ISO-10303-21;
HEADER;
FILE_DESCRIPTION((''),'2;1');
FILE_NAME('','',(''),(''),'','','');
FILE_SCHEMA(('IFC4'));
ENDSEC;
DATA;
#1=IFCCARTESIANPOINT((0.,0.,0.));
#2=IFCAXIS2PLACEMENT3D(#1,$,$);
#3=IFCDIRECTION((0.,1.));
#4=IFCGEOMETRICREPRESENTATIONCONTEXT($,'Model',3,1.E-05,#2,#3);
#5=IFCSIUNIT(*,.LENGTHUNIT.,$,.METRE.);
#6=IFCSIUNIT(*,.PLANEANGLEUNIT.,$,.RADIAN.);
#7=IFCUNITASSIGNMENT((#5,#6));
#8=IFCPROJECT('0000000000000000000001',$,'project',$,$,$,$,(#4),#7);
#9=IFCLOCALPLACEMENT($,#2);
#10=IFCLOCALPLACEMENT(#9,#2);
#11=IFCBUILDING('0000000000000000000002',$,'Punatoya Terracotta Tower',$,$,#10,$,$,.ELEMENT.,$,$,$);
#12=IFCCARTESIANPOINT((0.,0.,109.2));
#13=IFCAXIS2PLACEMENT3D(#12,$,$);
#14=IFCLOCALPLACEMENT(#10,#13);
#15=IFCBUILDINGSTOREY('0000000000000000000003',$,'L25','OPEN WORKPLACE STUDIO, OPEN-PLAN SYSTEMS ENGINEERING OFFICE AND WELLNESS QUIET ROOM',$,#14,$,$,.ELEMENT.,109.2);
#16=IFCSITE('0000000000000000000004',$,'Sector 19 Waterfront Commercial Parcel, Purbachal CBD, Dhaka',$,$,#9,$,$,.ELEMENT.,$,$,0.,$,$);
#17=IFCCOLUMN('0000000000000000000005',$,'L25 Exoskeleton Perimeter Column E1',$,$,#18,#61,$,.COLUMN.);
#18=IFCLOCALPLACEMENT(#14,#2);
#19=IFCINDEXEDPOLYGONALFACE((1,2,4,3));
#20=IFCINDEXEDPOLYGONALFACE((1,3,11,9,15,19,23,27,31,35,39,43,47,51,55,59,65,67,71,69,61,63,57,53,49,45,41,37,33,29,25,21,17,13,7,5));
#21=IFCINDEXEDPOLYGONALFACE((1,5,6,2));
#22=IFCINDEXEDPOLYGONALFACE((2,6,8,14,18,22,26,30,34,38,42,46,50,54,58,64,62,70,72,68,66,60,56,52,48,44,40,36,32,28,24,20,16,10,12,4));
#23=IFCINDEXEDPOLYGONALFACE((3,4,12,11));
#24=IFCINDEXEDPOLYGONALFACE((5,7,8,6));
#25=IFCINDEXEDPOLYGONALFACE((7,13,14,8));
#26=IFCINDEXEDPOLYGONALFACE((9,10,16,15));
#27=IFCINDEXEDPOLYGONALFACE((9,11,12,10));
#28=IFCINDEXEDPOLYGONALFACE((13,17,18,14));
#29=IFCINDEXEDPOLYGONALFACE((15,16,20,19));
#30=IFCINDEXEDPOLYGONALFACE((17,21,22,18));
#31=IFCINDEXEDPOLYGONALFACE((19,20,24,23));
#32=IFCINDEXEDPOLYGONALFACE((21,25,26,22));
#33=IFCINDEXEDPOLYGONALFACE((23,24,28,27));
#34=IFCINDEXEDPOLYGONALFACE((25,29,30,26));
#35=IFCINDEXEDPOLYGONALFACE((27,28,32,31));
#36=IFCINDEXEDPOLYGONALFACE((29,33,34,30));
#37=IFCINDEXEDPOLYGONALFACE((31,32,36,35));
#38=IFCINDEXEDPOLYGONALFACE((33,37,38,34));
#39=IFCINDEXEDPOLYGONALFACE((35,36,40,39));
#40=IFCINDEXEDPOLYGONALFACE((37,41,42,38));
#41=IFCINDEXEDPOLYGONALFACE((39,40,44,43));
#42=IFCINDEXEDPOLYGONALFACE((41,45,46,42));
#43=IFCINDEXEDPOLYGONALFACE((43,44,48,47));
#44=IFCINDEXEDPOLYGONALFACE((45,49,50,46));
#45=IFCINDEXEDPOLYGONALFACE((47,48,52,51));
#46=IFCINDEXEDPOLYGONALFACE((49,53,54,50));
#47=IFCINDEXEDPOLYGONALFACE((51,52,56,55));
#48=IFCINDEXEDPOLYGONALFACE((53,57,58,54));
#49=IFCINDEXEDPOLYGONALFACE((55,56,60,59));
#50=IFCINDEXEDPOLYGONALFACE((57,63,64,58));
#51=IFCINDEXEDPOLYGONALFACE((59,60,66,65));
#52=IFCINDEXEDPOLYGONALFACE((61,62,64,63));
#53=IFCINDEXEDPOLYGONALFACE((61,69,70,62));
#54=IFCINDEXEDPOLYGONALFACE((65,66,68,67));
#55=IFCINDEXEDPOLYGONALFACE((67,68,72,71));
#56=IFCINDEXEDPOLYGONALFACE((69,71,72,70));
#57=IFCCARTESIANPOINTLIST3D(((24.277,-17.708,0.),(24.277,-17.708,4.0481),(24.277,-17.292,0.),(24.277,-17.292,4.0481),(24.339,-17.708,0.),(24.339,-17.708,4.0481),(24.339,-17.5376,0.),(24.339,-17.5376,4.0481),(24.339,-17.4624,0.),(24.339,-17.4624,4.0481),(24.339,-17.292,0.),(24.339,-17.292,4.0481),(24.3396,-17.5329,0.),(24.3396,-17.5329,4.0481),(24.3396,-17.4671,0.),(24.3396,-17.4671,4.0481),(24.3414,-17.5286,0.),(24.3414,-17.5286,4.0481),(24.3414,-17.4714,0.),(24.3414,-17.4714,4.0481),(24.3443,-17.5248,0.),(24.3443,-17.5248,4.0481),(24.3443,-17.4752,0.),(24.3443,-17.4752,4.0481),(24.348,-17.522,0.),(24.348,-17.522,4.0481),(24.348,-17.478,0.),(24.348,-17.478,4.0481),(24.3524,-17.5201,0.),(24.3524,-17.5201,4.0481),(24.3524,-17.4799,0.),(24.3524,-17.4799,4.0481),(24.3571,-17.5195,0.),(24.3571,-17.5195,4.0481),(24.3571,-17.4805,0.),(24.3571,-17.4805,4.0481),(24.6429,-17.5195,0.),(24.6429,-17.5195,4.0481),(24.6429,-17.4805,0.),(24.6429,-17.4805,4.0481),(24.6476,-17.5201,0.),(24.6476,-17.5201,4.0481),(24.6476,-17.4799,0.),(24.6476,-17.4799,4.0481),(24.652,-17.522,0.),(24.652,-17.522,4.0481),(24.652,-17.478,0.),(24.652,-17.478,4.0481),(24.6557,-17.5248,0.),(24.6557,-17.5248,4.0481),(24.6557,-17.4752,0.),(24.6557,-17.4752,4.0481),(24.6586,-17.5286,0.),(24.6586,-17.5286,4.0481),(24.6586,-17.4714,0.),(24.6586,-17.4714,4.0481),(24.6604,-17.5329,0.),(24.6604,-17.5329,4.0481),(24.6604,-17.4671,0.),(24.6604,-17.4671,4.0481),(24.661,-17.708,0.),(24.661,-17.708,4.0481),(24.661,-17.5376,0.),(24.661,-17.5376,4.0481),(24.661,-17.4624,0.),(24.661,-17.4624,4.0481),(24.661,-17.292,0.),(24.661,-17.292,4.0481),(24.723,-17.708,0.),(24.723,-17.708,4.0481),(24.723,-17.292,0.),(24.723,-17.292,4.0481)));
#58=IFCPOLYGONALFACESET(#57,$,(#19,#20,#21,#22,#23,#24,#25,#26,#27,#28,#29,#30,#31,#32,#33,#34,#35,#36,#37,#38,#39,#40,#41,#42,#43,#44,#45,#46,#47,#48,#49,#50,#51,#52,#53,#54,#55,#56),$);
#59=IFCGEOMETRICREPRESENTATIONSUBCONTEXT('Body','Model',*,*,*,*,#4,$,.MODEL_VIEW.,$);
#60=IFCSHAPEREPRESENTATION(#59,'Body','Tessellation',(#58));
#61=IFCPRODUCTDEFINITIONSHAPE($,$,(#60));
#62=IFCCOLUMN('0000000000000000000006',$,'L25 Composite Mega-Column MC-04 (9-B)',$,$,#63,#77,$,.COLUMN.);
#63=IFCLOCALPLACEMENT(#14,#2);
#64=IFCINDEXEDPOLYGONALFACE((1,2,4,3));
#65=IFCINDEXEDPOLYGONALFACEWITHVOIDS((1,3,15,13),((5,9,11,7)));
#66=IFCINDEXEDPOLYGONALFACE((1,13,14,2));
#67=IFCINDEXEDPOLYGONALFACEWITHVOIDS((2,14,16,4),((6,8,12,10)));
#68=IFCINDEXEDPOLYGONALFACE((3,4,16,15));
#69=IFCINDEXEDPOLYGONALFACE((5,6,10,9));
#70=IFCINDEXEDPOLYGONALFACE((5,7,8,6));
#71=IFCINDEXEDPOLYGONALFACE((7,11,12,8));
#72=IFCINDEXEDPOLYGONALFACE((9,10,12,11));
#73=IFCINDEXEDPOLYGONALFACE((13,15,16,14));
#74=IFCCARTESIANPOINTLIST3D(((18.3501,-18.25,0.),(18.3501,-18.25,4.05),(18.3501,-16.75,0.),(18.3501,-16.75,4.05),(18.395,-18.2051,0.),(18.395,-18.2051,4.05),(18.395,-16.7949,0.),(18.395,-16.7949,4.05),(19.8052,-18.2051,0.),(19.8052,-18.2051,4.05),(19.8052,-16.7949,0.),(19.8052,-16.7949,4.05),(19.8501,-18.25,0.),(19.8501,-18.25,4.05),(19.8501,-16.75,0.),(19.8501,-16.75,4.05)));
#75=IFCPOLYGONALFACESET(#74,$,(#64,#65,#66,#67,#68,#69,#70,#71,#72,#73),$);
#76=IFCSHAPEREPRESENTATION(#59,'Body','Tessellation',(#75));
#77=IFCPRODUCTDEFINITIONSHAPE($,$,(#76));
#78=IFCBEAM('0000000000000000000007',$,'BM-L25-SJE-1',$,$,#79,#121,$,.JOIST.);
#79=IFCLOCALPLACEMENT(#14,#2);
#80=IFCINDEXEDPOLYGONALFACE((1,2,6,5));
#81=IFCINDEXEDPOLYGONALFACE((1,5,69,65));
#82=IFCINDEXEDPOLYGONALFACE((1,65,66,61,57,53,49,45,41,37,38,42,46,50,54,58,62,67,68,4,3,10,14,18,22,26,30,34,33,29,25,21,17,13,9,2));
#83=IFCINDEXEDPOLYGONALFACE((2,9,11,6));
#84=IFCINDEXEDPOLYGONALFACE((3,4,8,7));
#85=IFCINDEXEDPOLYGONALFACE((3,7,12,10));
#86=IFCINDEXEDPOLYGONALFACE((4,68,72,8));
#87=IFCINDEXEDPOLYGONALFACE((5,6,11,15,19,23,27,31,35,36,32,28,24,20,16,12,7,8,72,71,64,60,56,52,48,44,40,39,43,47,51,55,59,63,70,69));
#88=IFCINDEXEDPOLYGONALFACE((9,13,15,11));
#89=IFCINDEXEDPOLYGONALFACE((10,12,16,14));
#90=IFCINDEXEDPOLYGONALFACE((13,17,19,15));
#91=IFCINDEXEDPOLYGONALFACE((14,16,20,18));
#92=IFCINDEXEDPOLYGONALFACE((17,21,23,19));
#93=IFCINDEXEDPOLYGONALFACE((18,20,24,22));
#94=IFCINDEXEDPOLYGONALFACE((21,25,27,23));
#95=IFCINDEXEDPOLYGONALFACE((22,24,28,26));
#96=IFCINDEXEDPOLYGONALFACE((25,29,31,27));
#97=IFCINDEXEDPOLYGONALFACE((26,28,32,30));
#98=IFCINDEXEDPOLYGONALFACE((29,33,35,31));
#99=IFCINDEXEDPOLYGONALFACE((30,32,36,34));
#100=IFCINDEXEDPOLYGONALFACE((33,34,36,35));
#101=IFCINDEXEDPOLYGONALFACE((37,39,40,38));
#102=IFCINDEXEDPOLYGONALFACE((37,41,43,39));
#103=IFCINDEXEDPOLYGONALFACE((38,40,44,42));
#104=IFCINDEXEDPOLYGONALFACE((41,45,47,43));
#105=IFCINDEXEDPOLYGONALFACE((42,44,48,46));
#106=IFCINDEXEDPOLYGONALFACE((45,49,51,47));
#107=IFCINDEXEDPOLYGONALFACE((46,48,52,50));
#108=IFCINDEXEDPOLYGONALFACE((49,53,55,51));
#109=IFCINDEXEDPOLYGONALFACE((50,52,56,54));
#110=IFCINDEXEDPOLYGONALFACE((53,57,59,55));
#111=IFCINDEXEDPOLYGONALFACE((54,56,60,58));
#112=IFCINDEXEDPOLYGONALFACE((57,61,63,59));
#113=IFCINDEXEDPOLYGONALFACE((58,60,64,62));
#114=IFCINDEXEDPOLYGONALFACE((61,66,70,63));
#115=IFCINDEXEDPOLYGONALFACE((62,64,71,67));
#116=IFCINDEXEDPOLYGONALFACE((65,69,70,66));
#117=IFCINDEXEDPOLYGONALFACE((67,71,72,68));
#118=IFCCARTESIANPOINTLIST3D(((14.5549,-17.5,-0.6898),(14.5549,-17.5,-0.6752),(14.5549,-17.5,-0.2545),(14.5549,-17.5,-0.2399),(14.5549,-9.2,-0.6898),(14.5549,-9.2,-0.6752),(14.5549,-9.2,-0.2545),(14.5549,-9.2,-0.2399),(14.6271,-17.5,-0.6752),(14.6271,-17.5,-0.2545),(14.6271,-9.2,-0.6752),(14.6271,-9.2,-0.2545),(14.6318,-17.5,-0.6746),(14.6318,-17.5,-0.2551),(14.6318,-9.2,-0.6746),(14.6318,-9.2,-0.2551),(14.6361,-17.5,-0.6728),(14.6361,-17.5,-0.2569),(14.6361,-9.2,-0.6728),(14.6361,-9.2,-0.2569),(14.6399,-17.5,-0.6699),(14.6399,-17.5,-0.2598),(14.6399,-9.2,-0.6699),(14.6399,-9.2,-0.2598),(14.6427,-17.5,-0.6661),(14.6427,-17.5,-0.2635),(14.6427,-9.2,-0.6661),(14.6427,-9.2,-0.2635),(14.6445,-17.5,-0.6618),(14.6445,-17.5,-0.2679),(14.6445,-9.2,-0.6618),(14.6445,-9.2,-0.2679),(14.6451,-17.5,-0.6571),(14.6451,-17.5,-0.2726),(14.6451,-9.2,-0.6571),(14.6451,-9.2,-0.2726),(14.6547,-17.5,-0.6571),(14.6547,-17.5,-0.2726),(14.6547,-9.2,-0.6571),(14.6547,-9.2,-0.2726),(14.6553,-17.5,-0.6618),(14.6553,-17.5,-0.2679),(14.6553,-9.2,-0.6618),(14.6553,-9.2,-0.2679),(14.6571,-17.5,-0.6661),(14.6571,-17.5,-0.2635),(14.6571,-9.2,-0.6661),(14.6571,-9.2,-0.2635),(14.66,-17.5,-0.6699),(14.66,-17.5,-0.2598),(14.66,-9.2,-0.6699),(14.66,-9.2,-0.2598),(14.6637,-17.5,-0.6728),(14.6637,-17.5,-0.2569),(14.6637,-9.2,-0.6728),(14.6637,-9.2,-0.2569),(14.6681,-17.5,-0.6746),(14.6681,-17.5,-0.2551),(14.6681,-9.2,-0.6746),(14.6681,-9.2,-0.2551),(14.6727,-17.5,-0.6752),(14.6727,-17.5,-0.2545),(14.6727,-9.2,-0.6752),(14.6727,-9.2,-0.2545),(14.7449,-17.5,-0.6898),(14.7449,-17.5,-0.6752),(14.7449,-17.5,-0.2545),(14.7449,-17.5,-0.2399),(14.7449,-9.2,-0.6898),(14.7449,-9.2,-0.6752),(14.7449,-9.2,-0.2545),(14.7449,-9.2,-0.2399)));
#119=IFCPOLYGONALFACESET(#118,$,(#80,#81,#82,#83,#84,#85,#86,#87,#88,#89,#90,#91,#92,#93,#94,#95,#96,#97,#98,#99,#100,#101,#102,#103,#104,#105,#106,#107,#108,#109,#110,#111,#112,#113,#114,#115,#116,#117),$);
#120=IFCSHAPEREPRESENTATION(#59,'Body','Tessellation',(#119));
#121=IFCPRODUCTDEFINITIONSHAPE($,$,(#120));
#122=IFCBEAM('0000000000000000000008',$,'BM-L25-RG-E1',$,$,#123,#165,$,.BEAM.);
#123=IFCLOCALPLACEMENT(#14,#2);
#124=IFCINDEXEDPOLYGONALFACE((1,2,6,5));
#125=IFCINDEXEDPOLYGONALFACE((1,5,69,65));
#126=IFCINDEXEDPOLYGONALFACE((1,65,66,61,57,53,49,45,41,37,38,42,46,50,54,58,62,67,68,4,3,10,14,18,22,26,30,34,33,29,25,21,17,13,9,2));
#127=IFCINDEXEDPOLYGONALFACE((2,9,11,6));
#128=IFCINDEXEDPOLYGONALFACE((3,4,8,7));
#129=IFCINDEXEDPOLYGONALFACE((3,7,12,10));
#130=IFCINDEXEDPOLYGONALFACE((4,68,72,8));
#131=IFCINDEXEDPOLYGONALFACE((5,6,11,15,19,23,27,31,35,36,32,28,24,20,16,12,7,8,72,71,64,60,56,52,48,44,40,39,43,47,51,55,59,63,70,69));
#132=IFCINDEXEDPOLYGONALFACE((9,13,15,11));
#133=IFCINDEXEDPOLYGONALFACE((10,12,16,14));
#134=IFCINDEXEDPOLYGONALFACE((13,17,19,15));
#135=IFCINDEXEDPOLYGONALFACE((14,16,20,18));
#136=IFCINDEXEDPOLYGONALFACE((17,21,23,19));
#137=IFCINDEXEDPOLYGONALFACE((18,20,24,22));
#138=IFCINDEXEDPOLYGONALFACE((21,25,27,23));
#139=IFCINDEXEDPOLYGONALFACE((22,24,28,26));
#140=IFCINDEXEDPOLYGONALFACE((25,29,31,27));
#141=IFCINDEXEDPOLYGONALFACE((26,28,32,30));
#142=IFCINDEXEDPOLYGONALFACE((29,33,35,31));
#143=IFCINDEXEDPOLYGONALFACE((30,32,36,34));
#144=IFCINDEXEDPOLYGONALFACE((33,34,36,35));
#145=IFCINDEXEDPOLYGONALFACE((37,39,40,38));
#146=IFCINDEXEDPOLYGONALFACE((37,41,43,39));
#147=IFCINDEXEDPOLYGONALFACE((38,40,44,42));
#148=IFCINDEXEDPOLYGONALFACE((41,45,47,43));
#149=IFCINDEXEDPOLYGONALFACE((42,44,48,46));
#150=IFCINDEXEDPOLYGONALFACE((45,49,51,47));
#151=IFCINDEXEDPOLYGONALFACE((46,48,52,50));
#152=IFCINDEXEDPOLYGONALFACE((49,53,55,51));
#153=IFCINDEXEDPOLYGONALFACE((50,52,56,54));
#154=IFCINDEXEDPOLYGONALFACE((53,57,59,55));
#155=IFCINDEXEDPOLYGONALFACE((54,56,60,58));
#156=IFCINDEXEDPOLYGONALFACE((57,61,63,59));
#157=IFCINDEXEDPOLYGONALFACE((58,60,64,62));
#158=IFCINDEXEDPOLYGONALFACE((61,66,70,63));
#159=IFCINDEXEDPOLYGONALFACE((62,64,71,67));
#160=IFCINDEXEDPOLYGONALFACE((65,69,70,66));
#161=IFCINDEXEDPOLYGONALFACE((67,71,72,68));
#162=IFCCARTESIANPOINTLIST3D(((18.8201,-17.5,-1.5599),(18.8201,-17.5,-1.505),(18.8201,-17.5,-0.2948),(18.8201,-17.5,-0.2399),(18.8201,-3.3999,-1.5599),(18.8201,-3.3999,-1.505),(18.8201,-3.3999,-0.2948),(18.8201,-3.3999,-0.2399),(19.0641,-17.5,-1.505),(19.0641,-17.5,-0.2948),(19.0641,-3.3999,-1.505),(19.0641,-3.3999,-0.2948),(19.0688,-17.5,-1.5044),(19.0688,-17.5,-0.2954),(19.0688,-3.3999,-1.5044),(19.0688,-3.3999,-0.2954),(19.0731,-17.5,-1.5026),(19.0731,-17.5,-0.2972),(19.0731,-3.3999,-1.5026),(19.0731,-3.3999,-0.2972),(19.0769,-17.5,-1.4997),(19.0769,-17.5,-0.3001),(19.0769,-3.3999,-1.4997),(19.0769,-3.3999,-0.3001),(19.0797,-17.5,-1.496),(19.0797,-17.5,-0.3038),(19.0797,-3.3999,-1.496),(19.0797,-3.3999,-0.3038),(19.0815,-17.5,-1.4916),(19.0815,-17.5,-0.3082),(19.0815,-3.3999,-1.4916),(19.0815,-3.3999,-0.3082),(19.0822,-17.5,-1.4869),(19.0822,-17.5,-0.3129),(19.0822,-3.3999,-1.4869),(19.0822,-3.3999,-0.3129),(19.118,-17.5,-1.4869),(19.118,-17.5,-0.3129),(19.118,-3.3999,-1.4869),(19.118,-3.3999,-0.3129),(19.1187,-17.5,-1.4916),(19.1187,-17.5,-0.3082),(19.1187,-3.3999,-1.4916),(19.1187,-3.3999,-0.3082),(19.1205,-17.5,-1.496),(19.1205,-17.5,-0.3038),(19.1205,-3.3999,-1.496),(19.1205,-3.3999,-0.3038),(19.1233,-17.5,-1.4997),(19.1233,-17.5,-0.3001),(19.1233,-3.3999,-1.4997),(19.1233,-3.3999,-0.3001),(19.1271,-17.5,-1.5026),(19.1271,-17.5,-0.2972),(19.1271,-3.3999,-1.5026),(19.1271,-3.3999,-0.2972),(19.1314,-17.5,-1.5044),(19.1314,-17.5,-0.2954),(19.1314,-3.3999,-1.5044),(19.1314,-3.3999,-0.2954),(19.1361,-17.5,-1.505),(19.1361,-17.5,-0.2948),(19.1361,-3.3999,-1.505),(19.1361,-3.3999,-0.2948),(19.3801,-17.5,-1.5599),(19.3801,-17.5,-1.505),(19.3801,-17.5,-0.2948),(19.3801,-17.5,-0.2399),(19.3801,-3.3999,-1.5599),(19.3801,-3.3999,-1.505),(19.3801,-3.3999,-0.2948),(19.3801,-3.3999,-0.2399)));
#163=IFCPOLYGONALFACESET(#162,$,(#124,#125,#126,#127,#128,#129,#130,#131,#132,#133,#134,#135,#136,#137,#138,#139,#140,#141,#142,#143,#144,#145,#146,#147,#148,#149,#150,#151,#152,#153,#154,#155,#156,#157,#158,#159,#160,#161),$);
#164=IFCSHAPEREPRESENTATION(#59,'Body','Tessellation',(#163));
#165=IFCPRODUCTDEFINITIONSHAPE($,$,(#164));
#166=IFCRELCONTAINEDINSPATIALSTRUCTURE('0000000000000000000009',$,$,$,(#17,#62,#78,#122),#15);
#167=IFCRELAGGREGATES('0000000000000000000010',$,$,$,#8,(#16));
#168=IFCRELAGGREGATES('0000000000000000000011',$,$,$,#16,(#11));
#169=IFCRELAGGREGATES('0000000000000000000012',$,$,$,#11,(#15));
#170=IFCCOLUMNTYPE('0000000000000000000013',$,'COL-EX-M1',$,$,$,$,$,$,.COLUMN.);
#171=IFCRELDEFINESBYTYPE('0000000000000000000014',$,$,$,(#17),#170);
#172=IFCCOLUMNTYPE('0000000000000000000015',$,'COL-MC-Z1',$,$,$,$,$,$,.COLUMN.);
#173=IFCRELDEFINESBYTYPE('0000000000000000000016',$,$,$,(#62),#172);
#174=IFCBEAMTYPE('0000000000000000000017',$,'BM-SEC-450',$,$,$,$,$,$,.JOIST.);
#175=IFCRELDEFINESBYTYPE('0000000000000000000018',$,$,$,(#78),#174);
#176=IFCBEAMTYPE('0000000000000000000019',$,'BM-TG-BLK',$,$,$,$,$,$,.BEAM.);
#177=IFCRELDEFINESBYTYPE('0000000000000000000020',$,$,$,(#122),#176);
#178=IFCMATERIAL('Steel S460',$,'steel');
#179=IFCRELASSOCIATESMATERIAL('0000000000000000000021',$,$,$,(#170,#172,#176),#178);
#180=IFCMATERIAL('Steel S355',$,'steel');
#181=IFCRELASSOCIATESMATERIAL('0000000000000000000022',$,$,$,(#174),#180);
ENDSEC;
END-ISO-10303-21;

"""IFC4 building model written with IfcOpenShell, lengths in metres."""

from ifc_helpers import new_model, si_unit, direction, frame, origin, origin_2d, place, context, subcontext, project, spatial, hollow_rectangle, i_section, extrude, material, material_profile, profile_set, type_object, element, save


model = new_model("IFC4")

# Units and contexts
model_context = context("Model", 3, precision=1e-05, world=origin(), true_north=direction((0.0, 1.0)))
body_context = subcontext(model_context, "Body", "Model", "MODEL_VIEW")
ifc_project = project(units=[si_unit("LENGTHUNIT", "METRE"), si_unit("PLANEANGLEUNIT", "RADIAN")], contexts=[model_context])

# Site, building, storey
site_placement = place(None, origin())
site = spatial("IfcSite", under=ifc_project, at=site_placement, Name="Sector 19 Waterfront Commercial Parcel, Purbachal CBD, Dhaka", CompositionType="ELEMENT", RefElevation=0.0)
building_placement = place(site_placement, origin())
building = spatial("IfcBuilding", under=site, at=building_placement, Name="Punatoya Terracotta Tower", CompositionType="ELEMENT")
storey_placement = place(building_placement, frame((0.0, 0.0, 109.2)))
storey = spatial("IfcBuildingStorey", under=building, at=storey_placement, Name="L25", Description="OPEN WORKPLACE STUDIO, OPEN-PLAN SYSTEMS ENGINEERING OFFICE AND WELLNESS QUIET ROOM", CompositionType="ELEMENT", Elevation=109.2)

# Columns
ifc_material_1 = material(Name="Steel S460", Category="steel")
ifc_material_profile_1 = material_profile(ifc_material_1, i_section(OverallWidth=0.416, OverallDepth=0.446, WebThickness=0.0391, FlangeThickness=0.062, FilletRadius=0.0181, at=origin_2d()))
ifc_profile_set_1 = profile_set([ifc_material_profile_1], Name="Steel S460")
column_type_1 = type_object("IfcColumnType", Name="COL-EX-M1", PredefinedType="COLUMN", material=ifc_profile_set_1)
column_1_placement = place(storey_placement, frame((24.5, -17.5, 0.0), z_axis=(0.0, 0.0, 1.0), x_axis=(0.0, 1.0, 0.0)))
element("IfcColumn", 1, at=column_1_placement, inside=storey, type_object=column_type_1, Name="L25 Exoskeleton Perimeter Column E1", PredefinedType="COLUMN", context=body_context, shape_type="SweptSolid", body=[
    extrude(i_section(OverallWidth=0.416, OverallDepth=0.446, WebThickness=0.0391, FlangeThickness=0.062, FilletRadius=0.0181, at=origin_2d()), origin(), (0.0, 0.0, 1.0), 4.0481),
])
ifc_material_profile_2 = material_profile(ifc_material_1, hollow_rectangle(XDim=1.5, YDim=1.5, WallThickness=0.0449, at=origin_2d()))
ifc_profile_set_2 = profile_set([ifc_material_profile_2], Name="Steel S460")
column_type_2 = type_object("IfcColumnType", Name="COL-MC-Z1", PredefinedType="COLUMN", material=ifc_profile_set_2)
column_2_placement = place(storey_placement, frame((19.1001, -17.5, 0.0), z_axis=(0.0, 0.0, 1.0), x_axis=(1.0, 0.0, 0.0)))
element("IfcColumn", 2, at=column_2_placement, inside=storey, type_object=column_type_2, Name="L25 Composite Mega-Column MC-04 (9-B)", PredefinedType="COLUMN", context=body_context, shape_type="SweptSolid", body=[
    extrude(hollow_rectangle(XDim=1.5, YDim=1.5, WallThickness=0.0449, at=origin_2d()), origin(), (0.0, 0.0, 1.0), 4.05),
])

# Beams
ifc_material_2 = material(Name="Steel S355", Category="steel")
ifc_material_profile_3 = material_profile(ifc_material_2, i_section(OverallWidth=0.1899, OverallDepth=0.45, WebThickness=0.0095, FlangeThickness=0.0146, FilletRadius=0.0181, at=origin_2d()))
ifc_profile_set_3 = profile_set([ifc_material_profile_3], Name="Steel S355")
beam_type_1 = type_object("IfcBeamType", Name="BM-SEC-450", PredefinedType="JOIST", material=ifc_profile_set_3)
beam_1_placement = place(storey_placement, frame((14.6499, -17.5, -0.4648), z_axis=(0.0, 1.0, 0.0), x_axis=(-1.0, 0.0, 0.0)))
element("IfcBeam", 3, at=beam_1_placement, inside=storey, type_object=beam_type_1, Name="BM-L25-SJE-1", PredefinedType="JOIST", context=body_context, shape_type="SweptSolid", body=[
    extrude(i_section(OverallWidth=0.1899, OverallDepth=0.45, WebThickness=0.0095, FlangeThickness=0.0146, FilletRadius=0.0181, at=origin_2d()), origin(), (0.0, 0.0, 1.0), 8.3),
])
ifc_material_profile_4 = material_profile(ifc_material_1, i_section(OverallWidth=0.5601, OverallDepth=1.3201, WebThickness=0.0359, FlangeThickness=0.0549, FilletRadius=0.0181, at=origin_2d()))
ifc_profile_set_4 = profile_set([ifc_material_profile_4], Name="Steel S460")
beam_type_2 = type_object("IfcBeamType", Name="BM-TG-BLK", PredefinedType="BEAM", material=ifc_profile_set_4)
beam_2_placement = place(storey_placement, frame((19.1001, -17.5, -0.8999), z_axis=(0.0, 1.0, 0.0), x_axis=(-1.0, 0.0, 0.0)))
element("IfcBeam", 4, at=beam_2_placement, inside=storey, type_object=beam_type_2, Name="BM-L25-RG-E1", PredefinedType="BEAM", context=body_context, shape_type="SweptSolid", body=[
    extrude(i_section(OverallWidth=0.5601, OverallDepth=1.3201, WebThickness=0.0359, FlangeThickness=0.0549, FilletRadius=0.0181, at=origin_2d()), origin(), (0.0, 0.0, 1.0), 14.1001),
])

save(model, "model.ifc")
